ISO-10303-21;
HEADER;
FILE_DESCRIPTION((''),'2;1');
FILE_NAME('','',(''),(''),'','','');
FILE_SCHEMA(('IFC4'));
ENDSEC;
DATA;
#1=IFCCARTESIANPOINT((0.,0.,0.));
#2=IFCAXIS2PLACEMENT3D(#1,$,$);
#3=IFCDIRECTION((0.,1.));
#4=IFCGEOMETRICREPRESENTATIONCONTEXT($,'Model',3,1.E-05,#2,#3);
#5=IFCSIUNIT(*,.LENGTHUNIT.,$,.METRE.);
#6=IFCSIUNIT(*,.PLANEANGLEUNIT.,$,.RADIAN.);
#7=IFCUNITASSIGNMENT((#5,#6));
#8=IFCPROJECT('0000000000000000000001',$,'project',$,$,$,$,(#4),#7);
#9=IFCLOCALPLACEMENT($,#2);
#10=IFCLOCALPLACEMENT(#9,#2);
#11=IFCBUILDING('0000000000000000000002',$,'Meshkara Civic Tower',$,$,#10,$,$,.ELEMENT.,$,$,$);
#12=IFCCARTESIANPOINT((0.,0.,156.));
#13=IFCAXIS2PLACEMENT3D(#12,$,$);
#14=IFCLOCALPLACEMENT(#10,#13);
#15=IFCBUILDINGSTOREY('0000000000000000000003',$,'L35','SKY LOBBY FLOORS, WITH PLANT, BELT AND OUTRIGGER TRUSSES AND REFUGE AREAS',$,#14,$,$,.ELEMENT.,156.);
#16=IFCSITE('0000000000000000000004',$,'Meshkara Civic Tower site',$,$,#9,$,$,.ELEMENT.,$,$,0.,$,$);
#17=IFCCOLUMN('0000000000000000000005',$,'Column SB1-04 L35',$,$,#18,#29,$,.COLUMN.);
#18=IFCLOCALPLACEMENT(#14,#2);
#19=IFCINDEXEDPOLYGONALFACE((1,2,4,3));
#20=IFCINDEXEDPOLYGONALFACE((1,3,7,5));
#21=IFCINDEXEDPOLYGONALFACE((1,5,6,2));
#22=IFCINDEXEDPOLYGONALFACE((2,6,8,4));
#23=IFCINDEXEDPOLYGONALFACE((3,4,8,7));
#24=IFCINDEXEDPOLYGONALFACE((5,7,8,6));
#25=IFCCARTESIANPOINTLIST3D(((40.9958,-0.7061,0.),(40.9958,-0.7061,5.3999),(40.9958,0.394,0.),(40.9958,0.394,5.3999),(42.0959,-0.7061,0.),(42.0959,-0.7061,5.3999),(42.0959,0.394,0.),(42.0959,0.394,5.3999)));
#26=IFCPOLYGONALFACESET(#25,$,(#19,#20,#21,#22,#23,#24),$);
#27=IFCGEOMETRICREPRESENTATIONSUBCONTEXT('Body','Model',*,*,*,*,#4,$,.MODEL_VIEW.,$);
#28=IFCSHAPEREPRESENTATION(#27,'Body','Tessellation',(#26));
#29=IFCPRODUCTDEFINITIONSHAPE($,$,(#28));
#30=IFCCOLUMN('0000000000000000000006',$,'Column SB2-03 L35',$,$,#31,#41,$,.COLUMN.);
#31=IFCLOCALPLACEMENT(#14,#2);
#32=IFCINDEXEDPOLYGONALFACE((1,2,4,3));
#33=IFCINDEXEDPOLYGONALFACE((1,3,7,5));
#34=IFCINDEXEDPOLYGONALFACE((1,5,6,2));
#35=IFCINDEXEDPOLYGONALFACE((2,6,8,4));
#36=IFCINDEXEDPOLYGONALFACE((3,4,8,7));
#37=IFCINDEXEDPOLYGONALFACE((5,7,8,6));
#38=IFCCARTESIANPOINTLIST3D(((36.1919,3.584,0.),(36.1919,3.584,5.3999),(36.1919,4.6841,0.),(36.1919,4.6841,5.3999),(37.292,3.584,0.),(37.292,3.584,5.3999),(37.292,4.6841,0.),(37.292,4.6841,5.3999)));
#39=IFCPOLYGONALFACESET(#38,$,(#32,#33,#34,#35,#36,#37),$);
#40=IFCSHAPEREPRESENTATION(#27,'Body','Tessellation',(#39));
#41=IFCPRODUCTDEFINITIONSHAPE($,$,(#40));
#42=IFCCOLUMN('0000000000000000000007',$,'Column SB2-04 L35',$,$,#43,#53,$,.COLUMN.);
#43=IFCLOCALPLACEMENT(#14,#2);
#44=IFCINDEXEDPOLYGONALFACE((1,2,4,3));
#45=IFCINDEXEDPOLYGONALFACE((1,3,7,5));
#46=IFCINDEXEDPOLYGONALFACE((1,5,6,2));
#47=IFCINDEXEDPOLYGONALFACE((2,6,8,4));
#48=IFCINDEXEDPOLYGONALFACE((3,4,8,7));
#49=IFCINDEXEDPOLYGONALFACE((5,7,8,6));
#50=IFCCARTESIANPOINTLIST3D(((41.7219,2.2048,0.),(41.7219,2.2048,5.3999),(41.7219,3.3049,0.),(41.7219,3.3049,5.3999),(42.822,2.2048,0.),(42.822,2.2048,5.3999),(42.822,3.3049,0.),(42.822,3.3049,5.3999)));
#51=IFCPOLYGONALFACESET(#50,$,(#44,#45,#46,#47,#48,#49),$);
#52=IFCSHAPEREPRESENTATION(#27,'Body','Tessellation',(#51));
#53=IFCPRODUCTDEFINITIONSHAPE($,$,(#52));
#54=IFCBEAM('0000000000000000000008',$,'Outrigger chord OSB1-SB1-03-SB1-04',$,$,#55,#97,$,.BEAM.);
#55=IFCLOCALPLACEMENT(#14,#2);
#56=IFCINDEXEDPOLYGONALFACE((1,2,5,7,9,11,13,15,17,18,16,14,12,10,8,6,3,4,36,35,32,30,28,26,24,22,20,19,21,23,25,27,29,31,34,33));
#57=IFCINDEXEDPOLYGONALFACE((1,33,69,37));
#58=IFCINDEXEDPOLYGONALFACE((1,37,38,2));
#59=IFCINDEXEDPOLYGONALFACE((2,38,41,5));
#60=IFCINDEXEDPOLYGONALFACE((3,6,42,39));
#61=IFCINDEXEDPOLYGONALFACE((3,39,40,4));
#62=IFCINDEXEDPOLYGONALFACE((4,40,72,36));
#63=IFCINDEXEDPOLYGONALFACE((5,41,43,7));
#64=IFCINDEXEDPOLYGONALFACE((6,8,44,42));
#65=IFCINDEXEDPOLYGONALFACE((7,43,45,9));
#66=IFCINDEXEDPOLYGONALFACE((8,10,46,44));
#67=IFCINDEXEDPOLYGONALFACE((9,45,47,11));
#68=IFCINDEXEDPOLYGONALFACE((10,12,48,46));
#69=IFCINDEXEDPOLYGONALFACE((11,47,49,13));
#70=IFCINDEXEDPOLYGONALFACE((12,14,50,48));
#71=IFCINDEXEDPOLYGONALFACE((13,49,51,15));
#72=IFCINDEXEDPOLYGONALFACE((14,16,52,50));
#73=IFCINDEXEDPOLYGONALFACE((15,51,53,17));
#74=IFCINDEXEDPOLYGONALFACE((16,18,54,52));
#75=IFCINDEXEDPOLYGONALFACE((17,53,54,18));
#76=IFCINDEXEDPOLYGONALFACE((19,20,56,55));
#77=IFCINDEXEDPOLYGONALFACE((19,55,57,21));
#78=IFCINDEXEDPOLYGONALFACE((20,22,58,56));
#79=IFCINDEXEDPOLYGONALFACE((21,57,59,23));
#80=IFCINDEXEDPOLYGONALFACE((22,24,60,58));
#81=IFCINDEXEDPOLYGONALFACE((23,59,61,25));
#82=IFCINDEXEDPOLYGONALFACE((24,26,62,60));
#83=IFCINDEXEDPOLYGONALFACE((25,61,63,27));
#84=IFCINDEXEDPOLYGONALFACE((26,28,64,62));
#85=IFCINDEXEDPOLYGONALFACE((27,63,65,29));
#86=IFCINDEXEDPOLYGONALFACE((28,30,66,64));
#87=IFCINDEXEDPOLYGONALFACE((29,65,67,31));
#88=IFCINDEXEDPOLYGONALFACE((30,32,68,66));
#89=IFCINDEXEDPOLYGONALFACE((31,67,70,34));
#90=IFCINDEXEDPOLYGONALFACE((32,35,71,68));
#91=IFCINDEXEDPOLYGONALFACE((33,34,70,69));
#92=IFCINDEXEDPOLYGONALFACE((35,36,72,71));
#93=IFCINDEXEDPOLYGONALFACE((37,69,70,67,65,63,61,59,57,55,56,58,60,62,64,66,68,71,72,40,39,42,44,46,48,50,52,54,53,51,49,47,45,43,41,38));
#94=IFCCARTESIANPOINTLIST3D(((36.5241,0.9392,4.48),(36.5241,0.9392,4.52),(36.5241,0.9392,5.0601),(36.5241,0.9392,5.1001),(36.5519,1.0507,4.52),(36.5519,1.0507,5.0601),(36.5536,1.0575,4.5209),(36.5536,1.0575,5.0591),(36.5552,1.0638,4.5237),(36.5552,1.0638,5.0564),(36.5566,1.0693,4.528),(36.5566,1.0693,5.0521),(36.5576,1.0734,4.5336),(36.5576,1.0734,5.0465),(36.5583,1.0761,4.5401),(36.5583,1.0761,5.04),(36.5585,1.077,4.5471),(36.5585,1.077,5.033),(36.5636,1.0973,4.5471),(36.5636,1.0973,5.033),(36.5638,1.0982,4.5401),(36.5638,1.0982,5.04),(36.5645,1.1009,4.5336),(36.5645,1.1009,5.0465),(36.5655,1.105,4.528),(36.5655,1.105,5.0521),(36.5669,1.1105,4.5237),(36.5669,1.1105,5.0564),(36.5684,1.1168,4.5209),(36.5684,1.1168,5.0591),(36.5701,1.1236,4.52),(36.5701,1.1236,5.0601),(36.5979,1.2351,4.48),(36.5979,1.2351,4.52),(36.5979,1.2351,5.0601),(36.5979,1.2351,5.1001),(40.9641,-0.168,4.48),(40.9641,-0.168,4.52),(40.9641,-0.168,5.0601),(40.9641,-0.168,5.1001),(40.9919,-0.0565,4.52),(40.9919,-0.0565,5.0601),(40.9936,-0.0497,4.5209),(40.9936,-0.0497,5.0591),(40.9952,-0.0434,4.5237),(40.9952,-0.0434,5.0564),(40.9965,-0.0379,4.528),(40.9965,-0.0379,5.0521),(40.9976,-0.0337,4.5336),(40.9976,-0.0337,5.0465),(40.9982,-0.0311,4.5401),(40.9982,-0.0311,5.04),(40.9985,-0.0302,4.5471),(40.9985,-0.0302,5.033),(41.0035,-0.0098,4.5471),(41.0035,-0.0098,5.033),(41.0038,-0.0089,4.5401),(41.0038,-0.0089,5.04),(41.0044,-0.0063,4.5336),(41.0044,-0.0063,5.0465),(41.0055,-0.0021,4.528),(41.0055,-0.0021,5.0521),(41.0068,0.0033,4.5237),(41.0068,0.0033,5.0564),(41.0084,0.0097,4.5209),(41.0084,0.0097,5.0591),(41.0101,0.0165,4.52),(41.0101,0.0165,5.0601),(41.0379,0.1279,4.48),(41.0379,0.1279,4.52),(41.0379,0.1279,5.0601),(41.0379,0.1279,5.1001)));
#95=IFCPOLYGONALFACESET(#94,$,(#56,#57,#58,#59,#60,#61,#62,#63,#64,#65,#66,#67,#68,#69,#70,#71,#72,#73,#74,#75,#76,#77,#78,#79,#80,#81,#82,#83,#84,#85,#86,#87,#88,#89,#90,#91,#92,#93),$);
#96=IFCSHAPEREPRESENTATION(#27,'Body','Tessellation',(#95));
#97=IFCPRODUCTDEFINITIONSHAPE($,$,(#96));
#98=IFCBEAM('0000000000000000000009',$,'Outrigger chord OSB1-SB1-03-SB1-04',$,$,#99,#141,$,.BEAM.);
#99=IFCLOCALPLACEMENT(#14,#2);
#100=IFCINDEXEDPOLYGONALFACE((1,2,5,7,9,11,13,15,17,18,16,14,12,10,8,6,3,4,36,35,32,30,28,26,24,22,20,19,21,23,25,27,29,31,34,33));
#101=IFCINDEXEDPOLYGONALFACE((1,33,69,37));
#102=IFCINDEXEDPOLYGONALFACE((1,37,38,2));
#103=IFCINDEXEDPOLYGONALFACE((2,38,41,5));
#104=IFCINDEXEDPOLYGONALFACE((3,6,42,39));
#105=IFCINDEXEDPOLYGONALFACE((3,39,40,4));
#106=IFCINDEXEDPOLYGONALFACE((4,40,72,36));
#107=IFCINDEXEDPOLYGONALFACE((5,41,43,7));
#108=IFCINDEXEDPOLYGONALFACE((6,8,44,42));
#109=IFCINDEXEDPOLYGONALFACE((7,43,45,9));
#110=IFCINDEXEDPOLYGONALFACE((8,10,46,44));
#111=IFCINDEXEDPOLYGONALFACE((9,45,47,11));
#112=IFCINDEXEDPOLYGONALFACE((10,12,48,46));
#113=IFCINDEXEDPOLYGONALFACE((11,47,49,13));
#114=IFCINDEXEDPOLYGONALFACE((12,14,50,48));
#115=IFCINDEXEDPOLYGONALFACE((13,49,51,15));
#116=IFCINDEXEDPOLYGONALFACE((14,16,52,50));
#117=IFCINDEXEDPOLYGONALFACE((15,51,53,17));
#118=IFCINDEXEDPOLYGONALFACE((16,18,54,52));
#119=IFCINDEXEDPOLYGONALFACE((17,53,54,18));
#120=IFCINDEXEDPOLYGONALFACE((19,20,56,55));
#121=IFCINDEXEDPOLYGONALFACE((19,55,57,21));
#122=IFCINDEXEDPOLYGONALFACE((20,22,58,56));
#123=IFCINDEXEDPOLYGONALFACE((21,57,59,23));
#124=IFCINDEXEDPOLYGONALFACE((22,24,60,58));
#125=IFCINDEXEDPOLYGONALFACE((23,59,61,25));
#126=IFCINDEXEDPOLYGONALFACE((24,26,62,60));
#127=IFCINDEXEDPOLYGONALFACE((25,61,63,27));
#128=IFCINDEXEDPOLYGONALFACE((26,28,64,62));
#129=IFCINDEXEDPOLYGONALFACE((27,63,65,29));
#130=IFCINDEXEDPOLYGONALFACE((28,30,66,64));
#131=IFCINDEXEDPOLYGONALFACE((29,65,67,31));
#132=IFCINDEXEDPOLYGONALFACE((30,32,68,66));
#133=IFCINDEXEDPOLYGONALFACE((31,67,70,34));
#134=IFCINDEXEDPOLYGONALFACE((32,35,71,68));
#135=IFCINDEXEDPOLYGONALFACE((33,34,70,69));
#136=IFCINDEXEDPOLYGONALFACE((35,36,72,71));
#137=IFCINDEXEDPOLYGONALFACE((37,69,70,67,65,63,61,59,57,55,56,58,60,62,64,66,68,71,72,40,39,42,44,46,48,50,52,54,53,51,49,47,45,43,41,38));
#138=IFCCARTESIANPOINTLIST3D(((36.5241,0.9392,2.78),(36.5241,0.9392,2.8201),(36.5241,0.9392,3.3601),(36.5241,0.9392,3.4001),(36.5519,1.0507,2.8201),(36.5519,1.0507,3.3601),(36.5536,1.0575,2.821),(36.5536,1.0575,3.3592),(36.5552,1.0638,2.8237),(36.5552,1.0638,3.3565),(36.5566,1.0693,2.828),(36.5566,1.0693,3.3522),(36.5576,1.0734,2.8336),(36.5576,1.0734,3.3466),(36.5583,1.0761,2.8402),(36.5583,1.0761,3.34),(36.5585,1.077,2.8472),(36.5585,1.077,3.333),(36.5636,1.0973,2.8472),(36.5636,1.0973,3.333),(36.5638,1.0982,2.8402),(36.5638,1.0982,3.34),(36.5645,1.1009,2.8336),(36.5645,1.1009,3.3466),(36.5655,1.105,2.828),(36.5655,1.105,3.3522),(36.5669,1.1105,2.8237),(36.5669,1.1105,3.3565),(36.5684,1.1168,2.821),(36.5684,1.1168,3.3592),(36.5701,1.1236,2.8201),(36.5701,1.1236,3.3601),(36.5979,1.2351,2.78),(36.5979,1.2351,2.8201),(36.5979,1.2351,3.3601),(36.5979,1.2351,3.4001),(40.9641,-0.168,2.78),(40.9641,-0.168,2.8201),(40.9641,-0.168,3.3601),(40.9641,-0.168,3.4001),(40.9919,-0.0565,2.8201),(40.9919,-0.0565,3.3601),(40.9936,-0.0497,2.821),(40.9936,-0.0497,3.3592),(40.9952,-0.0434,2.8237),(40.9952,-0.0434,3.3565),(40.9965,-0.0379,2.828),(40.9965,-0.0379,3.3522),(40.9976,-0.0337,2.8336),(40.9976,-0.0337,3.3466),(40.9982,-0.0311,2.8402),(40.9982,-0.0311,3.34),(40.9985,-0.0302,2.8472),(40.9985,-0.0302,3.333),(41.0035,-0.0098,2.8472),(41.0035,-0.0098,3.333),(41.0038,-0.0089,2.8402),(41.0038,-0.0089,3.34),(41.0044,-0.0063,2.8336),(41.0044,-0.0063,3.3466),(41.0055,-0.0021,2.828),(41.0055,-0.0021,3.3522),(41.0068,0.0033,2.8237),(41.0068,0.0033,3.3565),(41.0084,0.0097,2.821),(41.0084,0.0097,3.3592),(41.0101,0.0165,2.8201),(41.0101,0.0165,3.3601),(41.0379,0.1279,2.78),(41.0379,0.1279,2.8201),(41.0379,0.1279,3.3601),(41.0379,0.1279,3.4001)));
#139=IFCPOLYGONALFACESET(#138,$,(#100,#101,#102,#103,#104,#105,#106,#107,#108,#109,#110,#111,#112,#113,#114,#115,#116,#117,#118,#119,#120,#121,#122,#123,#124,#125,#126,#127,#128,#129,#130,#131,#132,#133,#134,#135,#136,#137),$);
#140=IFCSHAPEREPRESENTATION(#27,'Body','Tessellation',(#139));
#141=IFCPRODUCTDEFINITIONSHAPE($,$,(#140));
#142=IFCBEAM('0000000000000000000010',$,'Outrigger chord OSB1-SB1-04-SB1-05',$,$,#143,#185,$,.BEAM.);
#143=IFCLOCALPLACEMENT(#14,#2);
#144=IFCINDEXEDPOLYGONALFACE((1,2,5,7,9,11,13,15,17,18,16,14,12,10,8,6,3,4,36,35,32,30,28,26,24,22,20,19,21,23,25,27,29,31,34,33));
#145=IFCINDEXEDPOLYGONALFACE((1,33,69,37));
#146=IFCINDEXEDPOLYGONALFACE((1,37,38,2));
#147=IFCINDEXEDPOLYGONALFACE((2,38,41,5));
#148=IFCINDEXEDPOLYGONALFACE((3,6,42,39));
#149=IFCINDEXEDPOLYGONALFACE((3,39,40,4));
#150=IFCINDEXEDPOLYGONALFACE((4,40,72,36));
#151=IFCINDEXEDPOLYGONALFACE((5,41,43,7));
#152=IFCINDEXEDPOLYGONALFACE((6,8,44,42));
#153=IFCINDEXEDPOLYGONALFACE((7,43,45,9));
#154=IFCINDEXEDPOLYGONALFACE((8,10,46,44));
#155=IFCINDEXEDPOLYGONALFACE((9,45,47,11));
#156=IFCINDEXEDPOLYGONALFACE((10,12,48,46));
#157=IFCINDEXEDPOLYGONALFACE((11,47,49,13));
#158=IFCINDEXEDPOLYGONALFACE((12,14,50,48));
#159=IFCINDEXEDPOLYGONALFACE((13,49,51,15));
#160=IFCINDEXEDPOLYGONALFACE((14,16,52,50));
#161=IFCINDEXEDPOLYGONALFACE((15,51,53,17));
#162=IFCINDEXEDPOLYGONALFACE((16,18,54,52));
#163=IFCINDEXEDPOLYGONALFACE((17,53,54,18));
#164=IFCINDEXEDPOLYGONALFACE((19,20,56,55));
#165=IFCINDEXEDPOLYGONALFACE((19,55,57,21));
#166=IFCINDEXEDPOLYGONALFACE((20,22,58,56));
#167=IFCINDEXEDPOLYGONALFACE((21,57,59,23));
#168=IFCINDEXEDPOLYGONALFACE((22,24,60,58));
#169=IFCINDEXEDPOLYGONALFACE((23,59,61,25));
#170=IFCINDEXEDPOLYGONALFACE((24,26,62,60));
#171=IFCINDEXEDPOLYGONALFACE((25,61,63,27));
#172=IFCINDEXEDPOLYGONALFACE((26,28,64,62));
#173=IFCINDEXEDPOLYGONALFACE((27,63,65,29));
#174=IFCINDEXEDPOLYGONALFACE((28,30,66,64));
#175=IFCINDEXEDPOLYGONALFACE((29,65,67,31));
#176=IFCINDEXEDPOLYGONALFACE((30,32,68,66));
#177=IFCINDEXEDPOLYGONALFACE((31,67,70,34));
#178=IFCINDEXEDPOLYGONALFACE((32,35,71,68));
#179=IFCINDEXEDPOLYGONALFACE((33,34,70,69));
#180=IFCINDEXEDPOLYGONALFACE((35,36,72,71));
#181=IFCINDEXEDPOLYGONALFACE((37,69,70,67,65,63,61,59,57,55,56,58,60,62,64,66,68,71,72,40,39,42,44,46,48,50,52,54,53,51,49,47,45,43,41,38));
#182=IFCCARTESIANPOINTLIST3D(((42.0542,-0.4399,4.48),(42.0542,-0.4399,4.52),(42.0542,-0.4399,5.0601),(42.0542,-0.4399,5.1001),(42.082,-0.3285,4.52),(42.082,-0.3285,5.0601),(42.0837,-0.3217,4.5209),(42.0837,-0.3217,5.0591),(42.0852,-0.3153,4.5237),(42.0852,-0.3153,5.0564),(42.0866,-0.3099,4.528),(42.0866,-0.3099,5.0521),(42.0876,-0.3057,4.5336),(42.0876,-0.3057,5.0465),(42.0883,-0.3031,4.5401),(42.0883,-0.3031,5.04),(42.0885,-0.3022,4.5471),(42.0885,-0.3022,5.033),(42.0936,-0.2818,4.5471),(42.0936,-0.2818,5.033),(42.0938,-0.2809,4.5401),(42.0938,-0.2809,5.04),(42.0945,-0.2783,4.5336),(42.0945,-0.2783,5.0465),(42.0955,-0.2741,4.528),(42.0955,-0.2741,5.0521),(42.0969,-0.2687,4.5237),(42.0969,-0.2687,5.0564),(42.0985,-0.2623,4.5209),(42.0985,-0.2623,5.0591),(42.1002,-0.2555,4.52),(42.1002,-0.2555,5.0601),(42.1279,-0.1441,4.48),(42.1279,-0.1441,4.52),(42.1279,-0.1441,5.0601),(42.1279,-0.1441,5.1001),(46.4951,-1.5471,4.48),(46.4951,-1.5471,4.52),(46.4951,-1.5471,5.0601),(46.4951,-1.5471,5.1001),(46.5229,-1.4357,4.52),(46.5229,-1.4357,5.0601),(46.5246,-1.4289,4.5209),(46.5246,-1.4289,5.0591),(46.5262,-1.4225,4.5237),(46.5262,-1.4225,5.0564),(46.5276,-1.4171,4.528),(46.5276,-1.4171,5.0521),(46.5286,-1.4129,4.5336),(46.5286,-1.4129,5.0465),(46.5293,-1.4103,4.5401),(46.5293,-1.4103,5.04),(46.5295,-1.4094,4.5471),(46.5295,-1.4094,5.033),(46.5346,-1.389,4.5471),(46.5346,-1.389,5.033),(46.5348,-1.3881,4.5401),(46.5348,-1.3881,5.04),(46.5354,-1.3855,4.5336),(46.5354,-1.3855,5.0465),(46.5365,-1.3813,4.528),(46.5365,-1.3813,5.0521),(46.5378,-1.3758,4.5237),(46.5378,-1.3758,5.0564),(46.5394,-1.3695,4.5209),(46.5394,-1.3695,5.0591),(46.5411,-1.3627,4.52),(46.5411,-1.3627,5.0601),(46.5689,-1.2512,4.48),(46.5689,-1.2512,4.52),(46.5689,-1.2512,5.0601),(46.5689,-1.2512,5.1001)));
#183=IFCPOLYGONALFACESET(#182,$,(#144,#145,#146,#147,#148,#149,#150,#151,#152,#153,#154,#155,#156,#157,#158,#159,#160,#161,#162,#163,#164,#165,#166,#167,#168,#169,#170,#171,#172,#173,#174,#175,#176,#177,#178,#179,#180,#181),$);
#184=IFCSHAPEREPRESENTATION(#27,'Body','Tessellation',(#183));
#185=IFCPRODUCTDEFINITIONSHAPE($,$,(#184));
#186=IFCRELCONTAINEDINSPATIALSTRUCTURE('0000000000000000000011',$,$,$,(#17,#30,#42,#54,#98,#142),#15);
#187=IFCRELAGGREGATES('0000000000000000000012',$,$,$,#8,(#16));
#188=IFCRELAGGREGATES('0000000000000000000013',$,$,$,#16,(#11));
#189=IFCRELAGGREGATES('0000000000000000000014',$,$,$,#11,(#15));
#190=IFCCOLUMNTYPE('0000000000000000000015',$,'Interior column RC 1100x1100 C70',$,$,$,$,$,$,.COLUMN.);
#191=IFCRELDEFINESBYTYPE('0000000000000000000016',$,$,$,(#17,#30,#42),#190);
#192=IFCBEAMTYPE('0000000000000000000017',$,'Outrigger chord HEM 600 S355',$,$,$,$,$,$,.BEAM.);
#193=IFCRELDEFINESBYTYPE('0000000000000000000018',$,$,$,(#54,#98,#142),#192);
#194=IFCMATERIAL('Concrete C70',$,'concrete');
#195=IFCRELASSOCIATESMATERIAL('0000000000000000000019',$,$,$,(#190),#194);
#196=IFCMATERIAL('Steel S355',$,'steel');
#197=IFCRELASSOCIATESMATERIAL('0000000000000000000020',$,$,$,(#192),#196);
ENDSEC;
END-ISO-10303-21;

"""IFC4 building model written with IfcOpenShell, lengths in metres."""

from ifc_helpers import new_model, si_unit, direction, frame, origin, origin_2d, place, context, subcontext, project, spatial, rectangle, i_section, extrude, material, material_profile, profile_set, type_object, element, save


model = new_model("IFC4")

# Units and contexts
model_context = context("Model", 3, precision=1e-05, world=origin(), true_north=direction((0.0, 1.0)))
body_context = subcontext(model_context, "Body", "Model", "MODEL_VIEW")
ifc_project = project(units=[si_unit("LENGTHUNIT", "METRE"), si_unit("PLANEANGLEUNIT", "RADIAN")], contexts=[model_context])

# Site, building, storey
site_placement = place(None, origin())
site = spatial("IfcSite", under=ifc_project, at=site_placement, Name="Meshkara Civic Tower site", CompositionType="ELEMENT", RefElevation=0.0)
building_placement = place(site_placement, origin())
building = spatial("IfcBuilding", under=site, at=building_placement, Name="Meshkara Civic Tower", CompositionType="ELEMENT")
storey_placement = place(building_placement, frame((0.0, 0.0, 156.0)))
storey = spatial("IfcBuildingStorey", under=building, at=storey_placement, Name="L35", Description="SKY LOBBY FLOORS, WITH PLANT, BELT AND OUTRIGGER TRUSSES AND REFUGE AREAS", CompositionType="ELEMENT", Elevation=156.0)

# Columns
ifc_material_1 = material(Name="Concrete C70", Category="concrete")
ifc_material_profile_1 = material_profile(ifc_material_1, rectangle(XDim=1.1001, YDim=1.1001, at=origin_2d()))
ifc_profile_set_1 = profile_set([ifc_material_profile_1], Name="Concrete C70")
column_type = type_object("IfcColumnType", Name="Interior column RC 1100x1100 C70", PredefinedType="COLUMN", material=ifc_profile_set_1)
for number, where, z_axis, x_axis, name in (
    (1, (41.5459, -0.156, 0.0), (0.0, 0.0, 1.0), (1.0, 0.0, 0.0), "Column SB1-04 L35"),
    (2, (36.7419, 4.134, 0.0), (0.0, 0.0, 1.0), (1.0, 0.0, 0.0), "Column SB2-03 L35"),
    (3, (42.272, 2.7549, 0.0), (0.0, 0.0, 1.0), (1.0, 0.0, 0.0), "Column SB2-04 L35"),
):
    element("IfcColumn", number, at=place(storey_placement, frame(where, z_axis=z_axis, x_axis=x_axis)), inside=storey, type_object=column_type, Name=name, PredefinedType="COLUMN", context=body_context, shape_type="SweptSolid", body=[
        extrude(rectangle(XDim=1.1001, YDim=1.1001, at=origin_2d()), origin(), (0.0, 0.0, 1.0), 5.3999),
    ])

# Beams
ifc_material_2 = material(Name="Steel S355", Category="steel")
ifc_material_profile_2 = material_profile(ifc_material_2, i_section(OverallWidth=0.3049, OverallDepth=0.6201, WebThickness=0.021, FlangeThickness=0.04, FilletRadius=0.0271, at=origin_2d()))
ifc_profile_set_2 = profile_set([ifc_material_profile_2], Name="Steel S355")
beam_type = type_object("IfcBeamType", Name="Outrigger chord HEM 600 S355", PredefinedType="BEAM", material=ifc_profile_set_2)
for number, where, z_axis, x_axis, name in (
    (4, (36.561, 1.0872, 4.79), (0.970287, -0.241958, 0.0), (0.241958, 0.970287, 0.0), "Outrigger chord OSB1-SB1-03-SB1-04"),
    (5, (36.561, 1.0872, 3.0901), (0.970287, -0.241958, 0.0), (0.241958, 0.970287, 0.0), "Outrigger chord OSB1-SB1-03-SB1-04"),
):
    element("IfcBeam", number, at=place(storey_placement, frame(where, z_axis=z_axis, x_axis=x_axis)), inside=storey, type_object=beam_type, Name=name, PredefinedType="BEAM", context=body_context, shape_type="SweptSolid", body=[
        extrude(i_section(OverallWidth=0.3049, OverallDepth=0.6201, WebThickness=0.021, FlangeThickness=0.04, FilletRadius=0.0271, at=origin_2d()), origin(), (0.0, 0.0, 1.0), 4.5759),
    ])
for number, where, z_axis, x_axis, name in (
    (6, (42.0911, -0.292, 4.79), (0.970299, -0.241908, 0.0), (0.241908, 0.970299, 0.0), "Outrigger chord OSB1-SB1-04-SB1-05"),
):
    element("IfcBeam", number, at=place(storey_placement, frame(where, z_axis=z_axis, x_axis=x_axis)), inside=storey, type_object=beam_type, Name=name, PredefinedType="BEAM", context=body_context, shape_type="SweptSolid", body=[
        extrude(i_section(OverallWidth=0.3049, OverallDepth=0.6201, WebThickness=0.021, FlangeThickness=0.04, FilletRadius=0.0271, at=origin_2d()), origin(), (0.0, 0.0, 1.0), 4.5769),
    ])

save(model, "model.ifc")
